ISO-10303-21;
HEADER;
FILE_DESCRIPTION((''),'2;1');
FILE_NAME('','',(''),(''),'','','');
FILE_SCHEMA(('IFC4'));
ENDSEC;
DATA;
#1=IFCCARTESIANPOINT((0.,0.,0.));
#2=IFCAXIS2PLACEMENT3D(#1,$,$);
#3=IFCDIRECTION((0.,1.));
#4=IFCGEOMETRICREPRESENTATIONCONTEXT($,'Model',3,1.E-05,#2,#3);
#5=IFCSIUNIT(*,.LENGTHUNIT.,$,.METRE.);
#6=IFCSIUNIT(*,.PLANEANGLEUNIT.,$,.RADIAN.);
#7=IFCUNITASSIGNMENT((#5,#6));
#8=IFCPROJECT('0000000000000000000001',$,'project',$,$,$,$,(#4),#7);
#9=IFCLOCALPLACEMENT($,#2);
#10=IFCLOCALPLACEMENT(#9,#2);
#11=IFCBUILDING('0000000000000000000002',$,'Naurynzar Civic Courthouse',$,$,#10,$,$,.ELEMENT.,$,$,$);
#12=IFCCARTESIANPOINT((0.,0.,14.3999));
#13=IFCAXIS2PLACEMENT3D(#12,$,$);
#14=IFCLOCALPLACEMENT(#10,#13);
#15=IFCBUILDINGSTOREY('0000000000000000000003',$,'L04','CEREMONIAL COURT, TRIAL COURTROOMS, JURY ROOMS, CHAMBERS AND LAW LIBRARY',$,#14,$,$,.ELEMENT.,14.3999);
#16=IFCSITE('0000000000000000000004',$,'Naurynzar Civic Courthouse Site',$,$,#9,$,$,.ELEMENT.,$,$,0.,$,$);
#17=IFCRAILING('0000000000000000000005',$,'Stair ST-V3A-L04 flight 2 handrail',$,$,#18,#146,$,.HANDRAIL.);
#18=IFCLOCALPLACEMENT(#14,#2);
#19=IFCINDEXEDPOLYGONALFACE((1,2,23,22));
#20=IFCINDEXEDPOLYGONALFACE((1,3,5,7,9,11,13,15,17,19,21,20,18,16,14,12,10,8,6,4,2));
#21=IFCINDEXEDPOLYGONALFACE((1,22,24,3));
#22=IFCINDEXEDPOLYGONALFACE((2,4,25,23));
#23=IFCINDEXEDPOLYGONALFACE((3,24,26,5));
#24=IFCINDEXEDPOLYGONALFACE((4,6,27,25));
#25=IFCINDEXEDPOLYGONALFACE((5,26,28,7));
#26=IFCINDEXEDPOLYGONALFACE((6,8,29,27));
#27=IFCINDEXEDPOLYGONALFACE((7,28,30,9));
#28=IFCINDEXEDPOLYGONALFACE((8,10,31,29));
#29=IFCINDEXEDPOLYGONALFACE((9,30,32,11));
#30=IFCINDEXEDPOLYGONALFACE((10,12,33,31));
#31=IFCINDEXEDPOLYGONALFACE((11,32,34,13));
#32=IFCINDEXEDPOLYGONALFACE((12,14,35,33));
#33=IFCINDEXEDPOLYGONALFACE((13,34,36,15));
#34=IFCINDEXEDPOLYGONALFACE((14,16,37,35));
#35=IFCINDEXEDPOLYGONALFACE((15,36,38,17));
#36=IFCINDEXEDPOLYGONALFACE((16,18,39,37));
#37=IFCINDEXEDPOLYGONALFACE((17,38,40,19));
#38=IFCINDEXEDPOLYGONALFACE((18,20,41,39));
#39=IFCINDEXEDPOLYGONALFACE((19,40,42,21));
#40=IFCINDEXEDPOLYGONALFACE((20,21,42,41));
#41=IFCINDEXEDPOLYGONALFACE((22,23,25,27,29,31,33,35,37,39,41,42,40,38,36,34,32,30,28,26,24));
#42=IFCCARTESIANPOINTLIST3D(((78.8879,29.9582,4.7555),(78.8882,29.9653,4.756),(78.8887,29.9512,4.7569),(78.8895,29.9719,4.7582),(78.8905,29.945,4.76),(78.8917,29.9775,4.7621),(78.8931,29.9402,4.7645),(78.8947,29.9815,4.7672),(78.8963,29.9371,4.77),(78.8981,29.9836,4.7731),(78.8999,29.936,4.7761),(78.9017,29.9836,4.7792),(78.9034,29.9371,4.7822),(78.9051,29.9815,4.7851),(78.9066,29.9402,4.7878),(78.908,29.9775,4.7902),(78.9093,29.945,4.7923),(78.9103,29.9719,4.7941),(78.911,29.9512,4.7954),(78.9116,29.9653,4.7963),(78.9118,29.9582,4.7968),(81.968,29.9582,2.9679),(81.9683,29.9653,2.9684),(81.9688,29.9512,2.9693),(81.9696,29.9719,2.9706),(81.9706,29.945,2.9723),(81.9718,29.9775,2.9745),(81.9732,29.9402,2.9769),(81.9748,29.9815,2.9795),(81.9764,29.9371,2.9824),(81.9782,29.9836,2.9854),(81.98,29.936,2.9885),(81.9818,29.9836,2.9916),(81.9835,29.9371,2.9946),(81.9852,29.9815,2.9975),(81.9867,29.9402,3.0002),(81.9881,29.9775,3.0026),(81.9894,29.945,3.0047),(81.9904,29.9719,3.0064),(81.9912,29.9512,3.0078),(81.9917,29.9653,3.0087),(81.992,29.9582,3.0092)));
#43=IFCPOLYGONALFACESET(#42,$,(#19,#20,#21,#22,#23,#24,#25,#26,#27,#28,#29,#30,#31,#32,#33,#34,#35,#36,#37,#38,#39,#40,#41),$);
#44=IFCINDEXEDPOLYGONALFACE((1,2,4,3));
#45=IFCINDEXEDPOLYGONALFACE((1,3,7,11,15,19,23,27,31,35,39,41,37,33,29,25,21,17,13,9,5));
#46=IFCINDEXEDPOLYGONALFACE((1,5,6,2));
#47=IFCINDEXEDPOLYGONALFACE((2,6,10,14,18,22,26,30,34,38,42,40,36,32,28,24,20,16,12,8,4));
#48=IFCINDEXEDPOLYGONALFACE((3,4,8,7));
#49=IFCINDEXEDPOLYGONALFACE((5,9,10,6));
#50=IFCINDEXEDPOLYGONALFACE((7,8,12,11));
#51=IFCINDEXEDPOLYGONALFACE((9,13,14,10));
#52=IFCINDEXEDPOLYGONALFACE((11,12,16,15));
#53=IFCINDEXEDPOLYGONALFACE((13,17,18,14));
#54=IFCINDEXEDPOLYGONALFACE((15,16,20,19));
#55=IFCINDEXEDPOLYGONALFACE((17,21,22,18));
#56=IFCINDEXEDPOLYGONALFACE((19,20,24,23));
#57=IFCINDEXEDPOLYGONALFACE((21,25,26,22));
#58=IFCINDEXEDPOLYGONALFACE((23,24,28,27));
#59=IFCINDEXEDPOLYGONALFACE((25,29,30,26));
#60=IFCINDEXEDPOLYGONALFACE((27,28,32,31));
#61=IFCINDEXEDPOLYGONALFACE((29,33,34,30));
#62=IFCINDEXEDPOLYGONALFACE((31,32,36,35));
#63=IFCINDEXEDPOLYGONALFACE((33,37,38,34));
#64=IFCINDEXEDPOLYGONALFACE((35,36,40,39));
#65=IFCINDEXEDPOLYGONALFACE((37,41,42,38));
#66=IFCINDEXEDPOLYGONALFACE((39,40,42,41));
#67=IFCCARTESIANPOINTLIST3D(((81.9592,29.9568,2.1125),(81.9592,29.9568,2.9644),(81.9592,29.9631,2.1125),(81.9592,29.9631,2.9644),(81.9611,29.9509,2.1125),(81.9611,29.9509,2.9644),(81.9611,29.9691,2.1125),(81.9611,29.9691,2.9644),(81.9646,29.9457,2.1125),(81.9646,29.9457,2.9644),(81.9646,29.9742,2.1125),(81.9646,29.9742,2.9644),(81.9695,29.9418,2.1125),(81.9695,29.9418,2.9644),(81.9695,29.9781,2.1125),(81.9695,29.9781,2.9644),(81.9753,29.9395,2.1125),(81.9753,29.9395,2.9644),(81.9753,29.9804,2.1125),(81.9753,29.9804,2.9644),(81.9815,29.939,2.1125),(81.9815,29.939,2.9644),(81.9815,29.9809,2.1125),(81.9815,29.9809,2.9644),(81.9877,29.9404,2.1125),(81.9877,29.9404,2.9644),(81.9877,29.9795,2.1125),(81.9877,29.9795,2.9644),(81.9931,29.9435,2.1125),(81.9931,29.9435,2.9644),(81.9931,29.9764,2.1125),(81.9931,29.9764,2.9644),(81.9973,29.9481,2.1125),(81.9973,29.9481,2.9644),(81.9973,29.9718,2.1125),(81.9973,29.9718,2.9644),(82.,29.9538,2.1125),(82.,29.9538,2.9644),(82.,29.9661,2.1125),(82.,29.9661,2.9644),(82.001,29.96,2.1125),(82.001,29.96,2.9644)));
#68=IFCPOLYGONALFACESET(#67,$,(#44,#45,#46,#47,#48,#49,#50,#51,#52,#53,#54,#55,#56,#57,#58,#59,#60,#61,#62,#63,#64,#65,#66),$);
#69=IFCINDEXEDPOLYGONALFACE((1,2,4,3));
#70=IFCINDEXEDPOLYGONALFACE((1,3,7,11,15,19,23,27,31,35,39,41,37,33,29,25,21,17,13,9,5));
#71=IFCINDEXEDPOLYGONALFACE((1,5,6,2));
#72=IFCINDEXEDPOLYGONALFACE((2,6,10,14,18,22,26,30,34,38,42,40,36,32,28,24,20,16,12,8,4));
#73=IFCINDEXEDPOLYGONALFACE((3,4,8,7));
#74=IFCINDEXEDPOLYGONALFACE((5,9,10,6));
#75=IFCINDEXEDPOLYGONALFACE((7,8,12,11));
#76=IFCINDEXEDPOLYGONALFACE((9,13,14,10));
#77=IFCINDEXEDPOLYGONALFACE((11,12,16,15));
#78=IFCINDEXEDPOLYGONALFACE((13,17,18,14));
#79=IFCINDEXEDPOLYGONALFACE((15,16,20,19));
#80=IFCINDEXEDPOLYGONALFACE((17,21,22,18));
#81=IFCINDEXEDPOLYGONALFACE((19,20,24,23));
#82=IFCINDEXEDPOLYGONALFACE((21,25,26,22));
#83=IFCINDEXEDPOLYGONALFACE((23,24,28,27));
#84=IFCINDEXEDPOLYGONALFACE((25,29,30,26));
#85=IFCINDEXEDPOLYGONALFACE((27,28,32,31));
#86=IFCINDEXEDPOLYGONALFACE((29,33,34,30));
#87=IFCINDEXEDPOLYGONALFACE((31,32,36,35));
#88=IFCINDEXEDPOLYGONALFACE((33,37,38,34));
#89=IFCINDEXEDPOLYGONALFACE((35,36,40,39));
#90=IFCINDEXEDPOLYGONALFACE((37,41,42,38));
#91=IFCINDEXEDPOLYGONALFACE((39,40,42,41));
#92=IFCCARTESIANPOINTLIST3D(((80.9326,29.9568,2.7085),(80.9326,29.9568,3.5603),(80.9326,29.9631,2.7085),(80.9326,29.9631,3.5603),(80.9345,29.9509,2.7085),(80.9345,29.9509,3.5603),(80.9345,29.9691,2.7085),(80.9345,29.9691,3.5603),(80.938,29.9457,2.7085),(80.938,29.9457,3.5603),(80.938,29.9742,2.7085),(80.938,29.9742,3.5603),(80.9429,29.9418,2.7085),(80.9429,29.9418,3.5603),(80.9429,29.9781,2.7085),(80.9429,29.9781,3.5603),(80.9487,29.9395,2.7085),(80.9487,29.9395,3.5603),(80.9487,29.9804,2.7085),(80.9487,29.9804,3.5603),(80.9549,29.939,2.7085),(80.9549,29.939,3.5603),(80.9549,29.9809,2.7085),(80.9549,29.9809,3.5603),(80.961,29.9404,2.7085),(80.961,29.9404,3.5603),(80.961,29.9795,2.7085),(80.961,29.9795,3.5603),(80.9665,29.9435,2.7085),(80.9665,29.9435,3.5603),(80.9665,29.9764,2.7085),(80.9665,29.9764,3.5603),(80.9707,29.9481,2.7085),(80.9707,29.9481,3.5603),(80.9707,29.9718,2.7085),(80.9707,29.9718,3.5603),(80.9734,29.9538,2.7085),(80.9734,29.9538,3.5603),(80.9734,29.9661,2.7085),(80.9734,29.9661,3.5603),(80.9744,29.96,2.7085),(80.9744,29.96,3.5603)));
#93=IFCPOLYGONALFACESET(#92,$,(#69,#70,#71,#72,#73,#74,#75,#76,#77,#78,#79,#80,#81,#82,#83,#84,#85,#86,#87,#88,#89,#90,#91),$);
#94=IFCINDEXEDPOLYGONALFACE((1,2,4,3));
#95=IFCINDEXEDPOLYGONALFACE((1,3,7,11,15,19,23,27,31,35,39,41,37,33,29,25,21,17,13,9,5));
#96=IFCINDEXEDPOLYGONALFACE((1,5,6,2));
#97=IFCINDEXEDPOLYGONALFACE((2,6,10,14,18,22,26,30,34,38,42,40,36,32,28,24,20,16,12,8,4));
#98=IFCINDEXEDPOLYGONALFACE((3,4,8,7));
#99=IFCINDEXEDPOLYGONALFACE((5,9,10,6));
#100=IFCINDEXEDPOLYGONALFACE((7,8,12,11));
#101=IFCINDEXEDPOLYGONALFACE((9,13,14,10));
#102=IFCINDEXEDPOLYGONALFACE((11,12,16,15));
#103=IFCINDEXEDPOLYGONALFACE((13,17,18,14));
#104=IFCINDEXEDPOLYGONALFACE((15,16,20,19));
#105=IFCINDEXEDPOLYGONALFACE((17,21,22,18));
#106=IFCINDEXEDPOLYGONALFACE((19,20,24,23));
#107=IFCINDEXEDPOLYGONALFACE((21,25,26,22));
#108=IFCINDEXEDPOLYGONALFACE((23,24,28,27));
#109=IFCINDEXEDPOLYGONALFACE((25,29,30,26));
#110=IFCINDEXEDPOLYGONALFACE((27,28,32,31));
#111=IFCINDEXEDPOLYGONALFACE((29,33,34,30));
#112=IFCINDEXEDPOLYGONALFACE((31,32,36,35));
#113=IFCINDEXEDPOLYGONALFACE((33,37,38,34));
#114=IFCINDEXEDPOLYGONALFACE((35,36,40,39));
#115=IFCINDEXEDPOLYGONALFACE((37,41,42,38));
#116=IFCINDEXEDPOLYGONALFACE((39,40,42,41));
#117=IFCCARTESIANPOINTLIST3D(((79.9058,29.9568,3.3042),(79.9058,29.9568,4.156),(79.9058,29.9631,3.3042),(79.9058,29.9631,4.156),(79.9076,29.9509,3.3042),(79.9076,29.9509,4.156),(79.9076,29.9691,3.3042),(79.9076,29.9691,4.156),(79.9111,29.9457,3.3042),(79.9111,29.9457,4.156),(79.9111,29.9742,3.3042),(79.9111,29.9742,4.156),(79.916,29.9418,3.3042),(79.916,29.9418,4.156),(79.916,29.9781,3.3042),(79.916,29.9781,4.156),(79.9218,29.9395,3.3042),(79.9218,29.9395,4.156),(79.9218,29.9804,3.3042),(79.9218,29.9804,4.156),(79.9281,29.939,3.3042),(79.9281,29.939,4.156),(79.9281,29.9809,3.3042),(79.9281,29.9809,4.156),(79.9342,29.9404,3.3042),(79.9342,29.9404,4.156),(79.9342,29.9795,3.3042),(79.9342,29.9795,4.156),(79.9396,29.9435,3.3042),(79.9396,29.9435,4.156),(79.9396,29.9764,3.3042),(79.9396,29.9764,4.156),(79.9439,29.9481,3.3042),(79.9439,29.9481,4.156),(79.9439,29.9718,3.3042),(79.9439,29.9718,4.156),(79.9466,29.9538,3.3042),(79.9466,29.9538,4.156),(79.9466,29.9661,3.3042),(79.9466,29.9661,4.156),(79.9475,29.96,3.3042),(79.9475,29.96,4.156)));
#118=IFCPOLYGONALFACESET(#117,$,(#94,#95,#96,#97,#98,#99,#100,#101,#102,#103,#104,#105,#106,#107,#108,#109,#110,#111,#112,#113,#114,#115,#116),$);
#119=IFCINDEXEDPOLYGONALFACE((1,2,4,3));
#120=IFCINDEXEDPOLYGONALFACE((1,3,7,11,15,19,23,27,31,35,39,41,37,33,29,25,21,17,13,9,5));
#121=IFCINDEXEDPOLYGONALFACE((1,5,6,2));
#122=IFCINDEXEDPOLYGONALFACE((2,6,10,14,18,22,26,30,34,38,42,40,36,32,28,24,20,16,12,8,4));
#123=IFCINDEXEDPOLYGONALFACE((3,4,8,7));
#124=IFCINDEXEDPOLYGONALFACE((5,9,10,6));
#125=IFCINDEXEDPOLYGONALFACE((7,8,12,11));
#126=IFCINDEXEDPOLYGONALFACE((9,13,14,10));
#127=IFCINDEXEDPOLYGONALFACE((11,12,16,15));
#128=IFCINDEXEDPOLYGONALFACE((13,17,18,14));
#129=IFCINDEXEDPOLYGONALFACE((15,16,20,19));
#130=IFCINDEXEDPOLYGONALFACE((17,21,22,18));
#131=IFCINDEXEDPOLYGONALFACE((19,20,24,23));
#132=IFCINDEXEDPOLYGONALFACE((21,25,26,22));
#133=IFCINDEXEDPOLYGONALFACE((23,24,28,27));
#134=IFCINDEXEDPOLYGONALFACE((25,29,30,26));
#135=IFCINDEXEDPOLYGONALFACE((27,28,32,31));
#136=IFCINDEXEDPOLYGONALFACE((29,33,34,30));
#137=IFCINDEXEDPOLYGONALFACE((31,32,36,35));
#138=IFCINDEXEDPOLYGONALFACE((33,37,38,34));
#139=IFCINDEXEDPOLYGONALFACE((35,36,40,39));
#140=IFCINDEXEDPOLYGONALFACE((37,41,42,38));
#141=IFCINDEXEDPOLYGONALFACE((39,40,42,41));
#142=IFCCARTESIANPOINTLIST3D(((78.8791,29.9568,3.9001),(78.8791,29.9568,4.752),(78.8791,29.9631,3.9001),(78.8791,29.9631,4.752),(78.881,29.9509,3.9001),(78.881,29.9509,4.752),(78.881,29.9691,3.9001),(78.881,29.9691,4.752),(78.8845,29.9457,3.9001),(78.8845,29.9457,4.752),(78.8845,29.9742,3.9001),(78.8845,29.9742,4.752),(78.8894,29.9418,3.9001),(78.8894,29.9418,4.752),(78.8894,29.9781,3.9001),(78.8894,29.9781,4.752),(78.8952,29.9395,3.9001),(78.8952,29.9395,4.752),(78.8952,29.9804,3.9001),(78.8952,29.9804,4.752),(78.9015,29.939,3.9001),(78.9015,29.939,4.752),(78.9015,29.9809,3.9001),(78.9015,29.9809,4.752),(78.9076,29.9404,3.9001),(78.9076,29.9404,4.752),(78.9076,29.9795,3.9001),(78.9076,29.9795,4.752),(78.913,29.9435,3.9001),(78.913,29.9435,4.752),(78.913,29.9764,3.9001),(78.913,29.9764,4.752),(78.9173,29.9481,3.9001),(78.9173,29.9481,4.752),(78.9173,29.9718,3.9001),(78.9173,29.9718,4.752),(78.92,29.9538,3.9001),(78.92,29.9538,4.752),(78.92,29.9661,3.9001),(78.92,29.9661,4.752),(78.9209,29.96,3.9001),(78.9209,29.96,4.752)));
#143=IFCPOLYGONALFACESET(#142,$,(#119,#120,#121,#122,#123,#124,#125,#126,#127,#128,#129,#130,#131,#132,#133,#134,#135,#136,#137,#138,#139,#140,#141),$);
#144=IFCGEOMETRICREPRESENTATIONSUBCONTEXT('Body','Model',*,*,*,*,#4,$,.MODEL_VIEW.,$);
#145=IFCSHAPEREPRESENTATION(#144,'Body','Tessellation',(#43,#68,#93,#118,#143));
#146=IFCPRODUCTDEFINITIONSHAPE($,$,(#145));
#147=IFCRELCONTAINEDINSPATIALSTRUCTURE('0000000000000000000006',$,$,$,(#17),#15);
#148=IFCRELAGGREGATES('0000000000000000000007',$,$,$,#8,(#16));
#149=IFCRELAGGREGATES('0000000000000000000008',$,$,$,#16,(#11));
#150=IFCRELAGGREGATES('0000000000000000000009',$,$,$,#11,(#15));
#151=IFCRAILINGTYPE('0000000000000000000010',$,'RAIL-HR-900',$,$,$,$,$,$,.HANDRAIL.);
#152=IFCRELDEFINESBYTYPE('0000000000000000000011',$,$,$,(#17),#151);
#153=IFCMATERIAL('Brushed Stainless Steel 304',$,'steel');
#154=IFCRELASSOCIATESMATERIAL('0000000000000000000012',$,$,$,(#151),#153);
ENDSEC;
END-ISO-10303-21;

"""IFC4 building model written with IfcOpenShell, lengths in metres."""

from ifc_helpers import new_model, si_unit, direction, frame, origin, origin_2d, place, context, subcontext, project, spatial, circle, extrude, material, type_object, element, save


model = new_model("IFC4")

# Units and contexts
model_context = context("Model", 3, precision=1e-05, world=origin(), true_north=direction((0.0, 1.0)))
body_context = subcontext(model_context, "Body", "Model", "MODEL_VIEW")
ifc_project = project(units=[si_unit("LENGTHUNIT", "METRE"), si_unit("PLANEANGLEUNIT", "RADIAN")], contexts=[model_context])

# Site, building, storey
site_placement = place(None, origin())
site = spatial("IfcSite", under=ifc_project, at=site_placement, Name="Naurynzar Civic Courthouse Site", CompositionType="ELEMENT", RefElevation=0.0)
building_placement = place(site_placement, origin())
building = spatial("IfcBuilding", under=site, at=building_placement, Name="Naurynzar Civic Courthouse", CompositionType="ELEMENT")
storey_placement = place(building_placement, frame((0.0, 0.0, 14.3999)))
storey = spatial("IfcBuildingStorey", under=building, at=storey_placement, Name="L04", Description="CEREMONIAL COURT, TRIAL COURTROOMS, JURY ROOMS, CHAMBERS AND LAW LIBRARY", CompositionType="ELEMENT", Elevation=14.3999)

# Railing
ifc_material_1 = material(Name="Brushed Stainless Steel 304", Category="steel")
railing_type_1 = type_object("IfcRailingType", Name="RAIL-HR-900", PredefinedType="HANDRAIL", material=ifc_material_1)
railing_1_placement = place(storey_placement, frame((81.98, 29.96, 2.1125)))
element("IfcRailing", 1, at=railing_1_placement, inside=storey, type_object=railing_type_1, Name="Stair ST-V3A-L04 flight 2 handrail", PredefinedType="HANDRAIL", context=body_context, shape_type="SweptSolid", body=[
    extrude(circle(Radius=0.0239, at=origin_2d()), frame((0.0, 0.0, 0.876), z_axis=(-0.864891, 0.0, 0.50196), x_axis=(0.0, -1.0, 0.0)), (0.0, 0.0, 1.0), 3.5613),
    extrude(circle(Radius=0.021, at=origin_2d()), origin(), (0.0, 0.0, 1.0), 0.8518),
    extrude(circle(Radius=0.021, at=origin_2d()), frame((-1.0266, 0.0, 0.5959)), (0.0, 0.0, 1.0), 0.8518),
    extrude(circle(Radius=0.021, at=origin_2d()), frame((-2.0535, 0.0, 1.1917)), (0.0, 0.0, 1.0), 0.8518),
    extrude(circle(Radius=0.021, at=origin_2d()), frame((-3.0801, 0.0, 1.7876)), (0.0, 0.0, 1.0), 0.8518),
])

save(model, "model.ifc")
